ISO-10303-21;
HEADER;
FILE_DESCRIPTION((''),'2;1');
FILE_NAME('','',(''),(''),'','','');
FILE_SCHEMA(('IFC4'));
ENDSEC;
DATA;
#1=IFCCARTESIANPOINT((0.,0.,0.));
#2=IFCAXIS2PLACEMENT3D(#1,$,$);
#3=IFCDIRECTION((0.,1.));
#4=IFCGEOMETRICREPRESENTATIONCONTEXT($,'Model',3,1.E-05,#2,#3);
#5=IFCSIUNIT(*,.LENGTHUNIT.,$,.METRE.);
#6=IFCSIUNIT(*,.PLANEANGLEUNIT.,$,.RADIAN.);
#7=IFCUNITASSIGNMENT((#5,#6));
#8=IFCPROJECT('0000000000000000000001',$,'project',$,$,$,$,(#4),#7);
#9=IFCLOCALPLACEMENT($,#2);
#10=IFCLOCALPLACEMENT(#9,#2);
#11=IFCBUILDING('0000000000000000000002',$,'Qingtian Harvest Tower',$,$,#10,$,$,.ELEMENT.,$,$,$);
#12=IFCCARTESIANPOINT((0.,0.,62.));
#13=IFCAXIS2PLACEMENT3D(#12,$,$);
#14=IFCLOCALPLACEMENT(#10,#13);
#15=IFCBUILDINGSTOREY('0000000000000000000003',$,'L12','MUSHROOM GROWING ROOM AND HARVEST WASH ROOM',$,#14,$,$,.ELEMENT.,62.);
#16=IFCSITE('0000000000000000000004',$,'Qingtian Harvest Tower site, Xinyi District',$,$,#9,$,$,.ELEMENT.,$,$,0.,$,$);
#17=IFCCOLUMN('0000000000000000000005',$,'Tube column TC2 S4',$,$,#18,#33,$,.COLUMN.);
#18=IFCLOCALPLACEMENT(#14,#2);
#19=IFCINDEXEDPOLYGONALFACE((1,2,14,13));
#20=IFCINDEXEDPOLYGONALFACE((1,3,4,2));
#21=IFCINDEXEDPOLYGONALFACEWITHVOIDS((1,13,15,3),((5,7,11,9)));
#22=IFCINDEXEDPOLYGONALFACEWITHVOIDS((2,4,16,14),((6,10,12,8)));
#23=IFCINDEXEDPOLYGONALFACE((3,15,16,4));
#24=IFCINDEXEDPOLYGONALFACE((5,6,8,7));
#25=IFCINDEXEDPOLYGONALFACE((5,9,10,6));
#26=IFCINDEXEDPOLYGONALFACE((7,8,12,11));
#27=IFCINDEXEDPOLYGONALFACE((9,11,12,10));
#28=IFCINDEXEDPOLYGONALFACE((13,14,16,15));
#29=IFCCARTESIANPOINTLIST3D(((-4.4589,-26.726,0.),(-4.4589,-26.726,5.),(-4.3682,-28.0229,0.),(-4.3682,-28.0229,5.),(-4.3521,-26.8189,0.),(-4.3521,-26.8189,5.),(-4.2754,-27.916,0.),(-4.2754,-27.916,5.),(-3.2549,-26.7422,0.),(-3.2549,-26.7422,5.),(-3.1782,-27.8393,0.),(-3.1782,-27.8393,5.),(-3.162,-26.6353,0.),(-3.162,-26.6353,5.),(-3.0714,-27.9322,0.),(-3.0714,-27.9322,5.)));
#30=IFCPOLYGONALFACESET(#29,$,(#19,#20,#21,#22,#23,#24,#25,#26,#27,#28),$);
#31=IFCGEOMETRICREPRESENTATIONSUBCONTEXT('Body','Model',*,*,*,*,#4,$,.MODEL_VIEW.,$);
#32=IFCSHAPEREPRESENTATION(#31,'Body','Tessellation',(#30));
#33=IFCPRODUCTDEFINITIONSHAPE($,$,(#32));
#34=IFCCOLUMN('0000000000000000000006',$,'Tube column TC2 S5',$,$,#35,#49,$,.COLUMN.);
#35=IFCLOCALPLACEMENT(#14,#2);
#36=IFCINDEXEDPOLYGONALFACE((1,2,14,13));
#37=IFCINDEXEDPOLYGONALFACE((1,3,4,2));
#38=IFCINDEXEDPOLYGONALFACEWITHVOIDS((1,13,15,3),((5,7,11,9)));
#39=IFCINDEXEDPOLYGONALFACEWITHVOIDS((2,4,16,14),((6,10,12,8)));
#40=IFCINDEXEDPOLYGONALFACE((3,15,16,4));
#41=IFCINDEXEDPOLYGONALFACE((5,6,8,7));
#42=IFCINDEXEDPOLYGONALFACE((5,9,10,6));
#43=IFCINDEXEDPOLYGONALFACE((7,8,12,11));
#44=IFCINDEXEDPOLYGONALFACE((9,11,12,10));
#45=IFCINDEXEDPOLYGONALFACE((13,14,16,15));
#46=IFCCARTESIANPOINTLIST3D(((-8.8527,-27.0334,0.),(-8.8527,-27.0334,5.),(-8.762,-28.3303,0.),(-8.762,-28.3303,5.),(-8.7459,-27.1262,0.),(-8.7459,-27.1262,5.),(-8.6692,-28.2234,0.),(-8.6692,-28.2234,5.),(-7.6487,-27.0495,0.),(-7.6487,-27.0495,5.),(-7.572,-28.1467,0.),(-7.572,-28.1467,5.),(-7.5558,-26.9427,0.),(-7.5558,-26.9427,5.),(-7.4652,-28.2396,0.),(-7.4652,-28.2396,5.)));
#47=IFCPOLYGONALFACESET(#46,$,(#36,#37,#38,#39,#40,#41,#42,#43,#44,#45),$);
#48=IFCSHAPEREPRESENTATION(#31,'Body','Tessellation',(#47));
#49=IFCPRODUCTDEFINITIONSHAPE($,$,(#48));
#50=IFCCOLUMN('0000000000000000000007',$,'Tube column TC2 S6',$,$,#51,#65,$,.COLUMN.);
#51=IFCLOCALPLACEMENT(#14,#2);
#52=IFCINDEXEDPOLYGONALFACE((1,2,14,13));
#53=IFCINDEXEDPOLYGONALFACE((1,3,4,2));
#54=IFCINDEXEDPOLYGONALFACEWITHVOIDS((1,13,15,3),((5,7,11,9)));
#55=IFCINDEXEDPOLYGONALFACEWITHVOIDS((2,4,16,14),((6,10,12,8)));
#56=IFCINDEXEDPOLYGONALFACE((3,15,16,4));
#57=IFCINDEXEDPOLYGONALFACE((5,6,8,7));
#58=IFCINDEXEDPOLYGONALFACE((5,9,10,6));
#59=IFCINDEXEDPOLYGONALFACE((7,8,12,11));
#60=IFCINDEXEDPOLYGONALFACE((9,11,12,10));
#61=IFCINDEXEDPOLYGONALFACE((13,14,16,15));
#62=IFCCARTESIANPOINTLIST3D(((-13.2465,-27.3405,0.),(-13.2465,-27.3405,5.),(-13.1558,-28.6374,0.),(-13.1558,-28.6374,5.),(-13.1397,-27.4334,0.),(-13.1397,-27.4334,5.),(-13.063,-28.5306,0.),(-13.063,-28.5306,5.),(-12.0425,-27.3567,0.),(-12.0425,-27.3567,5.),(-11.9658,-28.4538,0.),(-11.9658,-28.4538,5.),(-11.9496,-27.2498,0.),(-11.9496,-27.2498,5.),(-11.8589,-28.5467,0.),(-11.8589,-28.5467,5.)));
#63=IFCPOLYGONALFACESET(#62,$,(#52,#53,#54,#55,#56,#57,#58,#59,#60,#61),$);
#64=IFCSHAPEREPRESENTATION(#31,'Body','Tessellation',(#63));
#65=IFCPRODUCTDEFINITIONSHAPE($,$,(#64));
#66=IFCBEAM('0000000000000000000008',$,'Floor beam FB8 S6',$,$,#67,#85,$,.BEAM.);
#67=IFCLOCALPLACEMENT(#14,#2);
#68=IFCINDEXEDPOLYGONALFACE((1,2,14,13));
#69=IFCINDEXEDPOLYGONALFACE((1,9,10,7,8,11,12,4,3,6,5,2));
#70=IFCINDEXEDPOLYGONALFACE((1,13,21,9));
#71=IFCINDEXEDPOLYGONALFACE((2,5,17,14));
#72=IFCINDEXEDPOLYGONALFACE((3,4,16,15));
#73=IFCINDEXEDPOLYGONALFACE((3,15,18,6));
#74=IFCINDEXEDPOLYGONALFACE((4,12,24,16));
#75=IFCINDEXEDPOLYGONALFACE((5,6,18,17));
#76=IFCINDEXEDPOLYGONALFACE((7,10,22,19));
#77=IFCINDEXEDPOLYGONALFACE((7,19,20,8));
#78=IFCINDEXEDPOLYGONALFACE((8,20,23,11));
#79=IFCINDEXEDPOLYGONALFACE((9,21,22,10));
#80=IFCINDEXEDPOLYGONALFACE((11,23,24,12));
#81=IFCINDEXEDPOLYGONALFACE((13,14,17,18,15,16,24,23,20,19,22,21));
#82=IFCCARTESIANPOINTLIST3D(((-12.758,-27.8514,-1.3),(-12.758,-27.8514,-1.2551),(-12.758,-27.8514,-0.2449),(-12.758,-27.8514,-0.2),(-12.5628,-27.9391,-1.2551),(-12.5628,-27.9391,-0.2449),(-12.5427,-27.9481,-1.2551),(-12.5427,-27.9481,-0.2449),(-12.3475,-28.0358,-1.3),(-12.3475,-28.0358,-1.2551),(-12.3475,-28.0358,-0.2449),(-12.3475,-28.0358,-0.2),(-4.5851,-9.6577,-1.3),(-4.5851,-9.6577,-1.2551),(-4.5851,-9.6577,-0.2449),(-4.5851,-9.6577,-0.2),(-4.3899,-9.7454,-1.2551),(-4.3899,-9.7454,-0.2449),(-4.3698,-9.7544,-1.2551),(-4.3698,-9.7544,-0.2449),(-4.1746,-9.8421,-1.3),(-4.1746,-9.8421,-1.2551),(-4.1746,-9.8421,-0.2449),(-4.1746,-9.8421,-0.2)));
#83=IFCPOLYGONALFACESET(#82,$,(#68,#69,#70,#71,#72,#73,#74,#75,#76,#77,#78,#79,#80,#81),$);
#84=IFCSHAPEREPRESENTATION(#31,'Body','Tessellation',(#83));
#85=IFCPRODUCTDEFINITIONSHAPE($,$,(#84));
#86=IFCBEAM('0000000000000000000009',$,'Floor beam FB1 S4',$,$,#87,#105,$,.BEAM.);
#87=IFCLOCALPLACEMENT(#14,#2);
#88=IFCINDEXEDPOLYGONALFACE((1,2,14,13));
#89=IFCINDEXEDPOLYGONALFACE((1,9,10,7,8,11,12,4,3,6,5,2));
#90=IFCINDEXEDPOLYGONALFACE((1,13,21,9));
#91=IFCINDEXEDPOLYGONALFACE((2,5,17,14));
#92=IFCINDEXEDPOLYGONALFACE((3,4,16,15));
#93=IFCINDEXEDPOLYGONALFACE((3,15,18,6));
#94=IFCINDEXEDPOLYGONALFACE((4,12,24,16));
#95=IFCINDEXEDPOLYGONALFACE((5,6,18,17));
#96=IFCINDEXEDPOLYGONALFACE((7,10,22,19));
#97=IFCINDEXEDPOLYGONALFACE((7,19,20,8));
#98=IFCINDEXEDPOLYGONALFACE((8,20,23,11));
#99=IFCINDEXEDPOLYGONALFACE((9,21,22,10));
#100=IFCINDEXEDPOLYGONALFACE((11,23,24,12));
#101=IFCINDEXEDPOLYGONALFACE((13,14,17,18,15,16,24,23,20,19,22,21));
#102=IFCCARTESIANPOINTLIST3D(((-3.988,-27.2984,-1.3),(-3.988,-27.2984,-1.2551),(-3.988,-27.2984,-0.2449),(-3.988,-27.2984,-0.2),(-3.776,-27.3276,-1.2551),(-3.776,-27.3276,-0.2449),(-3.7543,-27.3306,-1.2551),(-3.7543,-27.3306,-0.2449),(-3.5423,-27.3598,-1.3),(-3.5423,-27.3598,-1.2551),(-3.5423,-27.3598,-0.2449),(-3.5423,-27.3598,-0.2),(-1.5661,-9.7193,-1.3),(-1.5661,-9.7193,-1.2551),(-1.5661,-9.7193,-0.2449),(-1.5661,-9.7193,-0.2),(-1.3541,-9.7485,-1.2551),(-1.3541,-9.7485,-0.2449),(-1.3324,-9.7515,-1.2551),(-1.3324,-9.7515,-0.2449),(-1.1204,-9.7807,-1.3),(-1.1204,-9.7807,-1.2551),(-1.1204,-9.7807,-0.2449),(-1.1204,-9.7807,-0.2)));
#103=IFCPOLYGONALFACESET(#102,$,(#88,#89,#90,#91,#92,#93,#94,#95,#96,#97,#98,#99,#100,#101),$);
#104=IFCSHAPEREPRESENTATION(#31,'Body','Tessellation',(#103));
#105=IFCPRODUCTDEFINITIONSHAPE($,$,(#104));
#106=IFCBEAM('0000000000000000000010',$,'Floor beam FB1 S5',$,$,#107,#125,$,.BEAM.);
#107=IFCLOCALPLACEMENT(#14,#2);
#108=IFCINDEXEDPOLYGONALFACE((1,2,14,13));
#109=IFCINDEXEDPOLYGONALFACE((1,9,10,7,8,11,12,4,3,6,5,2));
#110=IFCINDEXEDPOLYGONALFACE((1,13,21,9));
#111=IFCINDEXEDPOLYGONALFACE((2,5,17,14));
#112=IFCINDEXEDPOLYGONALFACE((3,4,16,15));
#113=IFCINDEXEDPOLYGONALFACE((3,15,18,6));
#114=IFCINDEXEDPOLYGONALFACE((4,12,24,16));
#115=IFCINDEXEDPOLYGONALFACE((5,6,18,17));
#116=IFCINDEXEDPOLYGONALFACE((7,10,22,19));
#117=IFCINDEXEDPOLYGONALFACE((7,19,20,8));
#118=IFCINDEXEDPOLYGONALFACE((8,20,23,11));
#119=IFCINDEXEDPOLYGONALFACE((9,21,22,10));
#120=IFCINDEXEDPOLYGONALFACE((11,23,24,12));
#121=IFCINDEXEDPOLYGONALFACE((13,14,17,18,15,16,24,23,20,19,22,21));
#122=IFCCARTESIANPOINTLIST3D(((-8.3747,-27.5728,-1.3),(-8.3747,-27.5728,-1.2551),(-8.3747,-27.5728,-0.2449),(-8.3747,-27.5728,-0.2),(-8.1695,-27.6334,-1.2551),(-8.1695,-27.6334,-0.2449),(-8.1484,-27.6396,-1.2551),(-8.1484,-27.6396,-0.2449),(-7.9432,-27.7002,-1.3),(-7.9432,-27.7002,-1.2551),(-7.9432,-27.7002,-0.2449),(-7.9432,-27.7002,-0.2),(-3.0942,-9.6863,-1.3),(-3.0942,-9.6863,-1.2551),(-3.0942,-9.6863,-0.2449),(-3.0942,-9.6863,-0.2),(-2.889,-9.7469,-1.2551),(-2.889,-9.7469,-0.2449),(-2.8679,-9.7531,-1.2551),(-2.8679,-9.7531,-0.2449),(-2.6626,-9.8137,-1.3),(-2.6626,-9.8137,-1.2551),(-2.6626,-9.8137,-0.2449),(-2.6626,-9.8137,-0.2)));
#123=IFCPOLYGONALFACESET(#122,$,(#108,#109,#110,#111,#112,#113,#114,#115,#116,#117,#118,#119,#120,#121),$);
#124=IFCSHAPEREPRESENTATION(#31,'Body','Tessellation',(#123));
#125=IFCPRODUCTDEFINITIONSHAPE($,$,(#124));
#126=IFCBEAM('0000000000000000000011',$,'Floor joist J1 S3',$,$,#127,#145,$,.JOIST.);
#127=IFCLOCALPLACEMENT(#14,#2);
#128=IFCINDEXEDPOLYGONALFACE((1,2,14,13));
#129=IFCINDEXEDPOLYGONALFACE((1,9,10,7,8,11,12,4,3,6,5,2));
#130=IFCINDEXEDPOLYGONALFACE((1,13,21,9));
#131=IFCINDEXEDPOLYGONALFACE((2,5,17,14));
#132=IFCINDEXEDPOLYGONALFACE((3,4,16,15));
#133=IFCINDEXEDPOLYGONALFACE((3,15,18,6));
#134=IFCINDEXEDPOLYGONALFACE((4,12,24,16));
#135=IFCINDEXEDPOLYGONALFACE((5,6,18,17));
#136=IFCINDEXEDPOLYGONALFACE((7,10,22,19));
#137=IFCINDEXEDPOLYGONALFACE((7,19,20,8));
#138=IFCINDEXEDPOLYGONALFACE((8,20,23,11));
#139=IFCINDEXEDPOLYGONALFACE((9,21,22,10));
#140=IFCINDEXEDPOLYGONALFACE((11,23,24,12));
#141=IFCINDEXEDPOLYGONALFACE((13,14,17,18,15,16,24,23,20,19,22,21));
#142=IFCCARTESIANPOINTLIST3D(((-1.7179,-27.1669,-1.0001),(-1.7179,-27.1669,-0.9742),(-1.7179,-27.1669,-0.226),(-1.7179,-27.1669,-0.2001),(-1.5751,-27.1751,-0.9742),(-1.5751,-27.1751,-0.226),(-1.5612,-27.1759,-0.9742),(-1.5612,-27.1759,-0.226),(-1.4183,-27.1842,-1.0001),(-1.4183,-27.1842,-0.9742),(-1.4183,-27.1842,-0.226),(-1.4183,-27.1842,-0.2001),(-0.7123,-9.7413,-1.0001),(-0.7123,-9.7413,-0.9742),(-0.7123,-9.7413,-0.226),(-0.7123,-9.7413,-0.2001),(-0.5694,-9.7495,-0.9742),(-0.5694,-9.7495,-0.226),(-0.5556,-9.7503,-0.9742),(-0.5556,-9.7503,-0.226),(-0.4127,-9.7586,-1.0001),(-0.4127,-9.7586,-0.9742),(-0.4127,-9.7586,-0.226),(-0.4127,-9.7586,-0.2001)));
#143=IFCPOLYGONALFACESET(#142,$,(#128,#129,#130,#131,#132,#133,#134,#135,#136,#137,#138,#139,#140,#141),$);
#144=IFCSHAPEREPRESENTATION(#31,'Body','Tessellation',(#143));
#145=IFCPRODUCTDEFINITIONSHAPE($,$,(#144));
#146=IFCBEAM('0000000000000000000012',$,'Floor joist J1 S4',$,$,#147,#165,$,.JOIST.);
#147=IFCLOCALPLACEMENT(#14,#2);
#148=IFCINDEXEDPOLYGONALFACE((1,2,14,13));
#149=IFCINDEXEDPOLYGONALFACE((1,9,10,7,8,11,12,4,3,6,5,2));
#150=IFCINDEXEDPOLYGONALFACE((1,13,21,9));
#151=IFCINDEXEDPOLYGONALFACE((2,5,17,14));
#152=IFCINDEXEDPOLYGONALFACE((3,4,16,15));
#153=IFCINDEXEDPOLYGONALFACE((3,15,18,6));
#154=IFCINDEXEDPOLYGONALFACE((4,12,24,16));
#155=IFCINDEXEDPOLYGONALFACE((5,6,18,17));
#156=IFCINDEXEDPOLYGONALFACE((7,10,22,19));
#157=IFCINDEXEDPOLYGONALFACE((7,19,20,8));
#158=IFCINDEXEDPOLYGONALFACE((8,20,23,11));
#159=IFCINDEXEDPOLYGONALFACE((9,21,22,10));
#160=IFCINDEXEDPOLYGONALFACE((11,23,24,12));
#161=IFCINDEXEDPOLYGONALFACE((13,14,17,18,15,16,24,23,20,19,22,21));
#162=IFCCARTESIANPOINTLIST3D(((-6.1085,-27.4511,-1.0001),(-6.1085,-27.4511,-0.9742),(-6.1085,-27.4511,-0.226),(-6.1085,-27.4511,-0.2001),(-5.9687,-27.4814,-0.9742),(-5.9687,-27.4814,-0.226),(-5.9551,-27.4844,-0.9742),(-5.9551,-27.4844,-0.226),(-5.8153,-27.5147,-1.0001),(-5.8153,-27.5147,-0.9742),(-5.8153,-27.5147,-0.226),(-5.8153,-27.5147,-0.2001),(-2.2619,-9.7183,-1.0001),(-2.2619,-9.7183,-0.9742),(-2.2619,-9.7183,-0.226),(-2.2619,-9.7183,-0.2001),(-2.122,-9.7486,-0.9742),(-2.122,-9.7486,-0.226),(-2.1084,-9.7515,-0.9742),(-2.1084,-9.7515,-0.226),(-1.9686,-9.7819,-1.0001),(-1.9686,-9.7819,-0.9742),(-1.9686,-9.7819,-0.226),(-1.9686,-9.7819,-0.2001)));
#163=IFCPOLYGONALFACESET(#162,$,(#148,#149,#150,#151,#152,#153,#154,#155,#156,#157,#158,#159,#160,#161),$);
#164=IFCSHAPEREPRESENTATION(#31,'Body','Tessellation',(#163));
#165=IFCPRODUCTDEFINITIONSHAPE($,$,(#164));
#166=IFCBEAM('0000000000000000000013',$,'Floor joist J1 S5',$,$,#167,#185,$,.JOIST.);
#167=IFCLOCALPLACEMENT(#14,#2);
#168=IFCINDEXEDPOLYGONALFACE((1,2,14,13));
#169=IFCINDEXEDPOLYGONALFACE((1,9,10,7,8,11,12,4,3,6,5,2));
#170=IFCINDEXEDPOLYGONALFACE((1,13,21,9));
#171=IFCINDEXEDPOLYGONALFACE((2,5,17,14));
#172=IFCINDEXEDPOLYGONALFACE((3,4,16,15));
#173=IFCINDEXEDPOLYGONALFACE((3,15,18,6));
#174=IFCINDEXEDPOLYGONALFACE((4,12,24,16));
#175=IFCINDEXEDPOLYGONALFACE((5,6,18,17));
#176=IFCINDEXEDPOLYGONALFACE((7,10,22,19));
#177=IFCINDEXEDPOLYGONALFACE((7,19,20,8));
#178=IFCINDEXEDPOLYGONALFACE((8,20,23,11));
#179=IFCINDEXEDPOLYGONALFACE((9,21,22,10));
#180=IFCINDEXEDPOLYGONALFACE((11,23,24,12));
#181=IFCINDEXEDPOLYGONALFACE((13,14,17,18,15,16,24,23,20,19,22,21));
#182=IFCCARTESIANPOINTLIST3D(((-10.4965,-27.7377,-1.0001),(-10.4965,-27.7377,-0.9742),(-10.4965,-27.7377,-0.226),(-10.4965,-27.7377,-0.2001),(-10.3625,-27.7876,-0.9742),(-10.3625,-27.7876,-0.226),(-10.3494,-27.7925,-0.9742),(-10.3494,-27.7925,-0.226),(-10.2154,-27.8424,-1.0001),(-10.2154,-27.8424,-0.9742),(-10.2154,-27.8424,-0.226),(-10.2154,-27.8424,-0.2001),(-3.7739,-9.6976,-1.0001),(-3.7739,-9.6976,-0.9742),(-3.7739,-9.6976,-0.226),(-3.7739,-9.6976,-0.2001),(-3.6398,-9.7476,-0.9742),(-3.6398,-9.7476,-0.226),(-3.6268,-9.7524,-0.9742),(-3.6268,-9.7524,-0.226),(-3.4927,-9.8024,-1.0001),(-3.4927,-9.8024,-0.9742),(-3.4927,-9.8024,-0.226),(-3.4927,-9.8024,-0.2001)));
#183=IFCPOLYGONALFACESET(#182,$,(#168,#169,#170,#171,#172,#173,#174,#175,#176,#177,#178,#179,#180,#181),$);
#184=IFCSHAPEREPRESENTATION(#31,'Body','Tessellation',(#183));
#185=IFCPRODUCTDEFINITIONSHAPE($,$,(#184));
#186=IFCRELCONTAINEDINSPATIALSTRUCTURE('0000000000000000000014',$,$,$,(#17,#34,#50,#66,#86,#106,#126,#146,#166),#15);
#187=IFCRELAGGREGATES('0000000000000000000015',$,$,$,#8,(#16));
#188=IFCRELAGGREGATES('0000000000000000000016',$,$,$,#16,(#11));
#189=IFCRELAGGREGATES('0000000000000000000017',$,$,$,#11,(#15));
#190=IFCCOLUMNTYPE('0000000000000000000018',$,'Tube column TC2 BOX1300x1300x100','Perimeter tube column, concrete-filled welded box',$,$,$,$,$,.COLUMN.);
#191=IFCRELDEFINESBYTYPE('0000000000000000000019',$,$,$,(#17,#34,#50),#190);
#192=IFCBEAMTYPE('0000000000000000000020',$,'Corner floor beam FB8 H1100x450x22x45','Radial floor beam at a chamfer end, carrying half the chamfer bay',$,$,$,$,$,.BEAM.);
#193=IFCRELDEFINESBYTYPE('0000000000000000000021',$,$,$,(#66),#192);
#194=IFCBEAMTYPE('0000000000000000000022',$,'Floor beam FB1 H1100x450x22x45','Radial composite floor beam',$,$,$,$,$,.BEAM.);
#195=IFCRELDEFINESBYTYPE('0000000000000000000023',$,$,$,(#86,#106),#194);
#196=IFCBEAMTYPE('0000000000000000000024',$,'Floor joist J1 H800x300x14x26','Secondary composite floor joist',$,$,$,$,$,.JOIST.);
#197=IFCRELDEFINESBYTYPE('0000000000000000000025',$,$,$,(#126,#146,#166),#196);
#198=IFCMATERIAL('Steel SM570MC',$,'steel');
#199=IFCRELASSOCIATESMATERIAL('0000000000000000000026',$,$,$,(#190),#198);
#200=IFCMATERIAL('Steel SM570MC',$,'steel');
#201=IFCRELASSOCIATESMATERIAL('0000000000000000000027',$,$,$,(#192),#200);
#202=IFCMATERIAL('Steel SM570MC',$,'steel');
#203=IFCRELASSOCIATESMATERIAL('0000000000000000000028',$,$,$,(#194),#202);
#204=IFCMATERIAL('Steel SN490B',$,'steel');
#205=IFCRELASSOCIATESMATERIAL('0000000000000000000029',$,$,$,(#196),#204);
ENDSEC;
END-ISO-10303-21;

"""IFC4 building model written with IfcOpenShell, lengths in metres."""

from ifc_helpers import new_model, si_unit, direction, frame, origin, origin_2d, place, context, subcontext, project, spatial, hollow_rectangle, i_section, extrude, material, material_profile, profile_set, type_object, element, save


model = new_model("IFC4")

# Units and contexts
model_context = context("Model", 3, precision=1e-05, world=origin(), true_north=direction((0.0, 1.0)))
body_context = subcontext(model_context, "Body", "Model", "MODEL_VIEW")
ifc_project = project(units=[si_unit("LENGTHUNIT", "METRE"), si_unit("PLANEANGLEUNIT", "RADIAN")], contexts=[model_context])

# Site, building, storey
site_placement = place(None, origin())
site = spatial("IfcSite", under=ifc_project, at=site_placement, Name="Qingtian Harvest Tower site, Xinyi District", CompositionType="ELEMENT", RefElevation=0.0)
building_placement = place(site_placement, origin())
building = spatial("IfcBuilding", under=site, at=building_placement, Name="Qingtian Harvest Tower", CompositionType="ELEMENT")
storey_placement = place(building_placement, frame((0.0, 0.0, 62.0)))
storey = spatial("IfcBuildingStorey", under=building, at=storey_placement, Name="L12", Description="MUSHROOM GROWING ROOM AND HARVEST WASH ROOM", CompositionType="ELEMENT", Elevation=62.0)

# Columns
ifc_material_1 = material(Name="Steel SM570MC", Category="steel")
ifc_material_profile_1 = material_profile(ifc_material_1, hollow_rectangle(XDim=1.3, YDim=1.3, WallThickness=0.1001, at=origin_2d()), Name="BOX1300x1300x100")
ifc_profile_set_1 = profile_set([ifc_material_profile_1], Name="Steel SM570MC")
column_type = type_object("IfcColumnType", Name="Tube column TC2 BOX1300x1300x100", Description="Perimeter tube column, concrete-filled welded box", PredefinedType="COLUMN", material=ifc_profile_set_1)
for number, where, z_axis, x_axis, name in (
    (1, (-3.7651, -27.3291, 0.0), (0.0, 0.0, 1.0), (0.997564, 0.069756, 0.0), "Tube column TC2 S4"),
    (2, (-8.1589, -27.6365, 0.0), (0.0, 0.0, 1.0), (0.997564, 0.069756, 0.0), "Tube column TC2 S5"),
    (3, (-12.5527, -27.9436, 0.0), (0.0, 0.0, 1.0), (0.997564, 0.069756, 0.0), "Tube column TC2 S6"),
):
    element("IfcColumn", number, at=place(storey_placement, frame(where, z_axis=z_axis, x_axis=x_axis)), inside=storey, type_object=column_type, Name=name, PredefinedType="COLUMN", context=body_context, shape_type="SweptSolid", body=[
        extrude(hollow_rectangle(XDim=1.3, YDim=1.3, WallThickness=0.1001, at=origin_2d()), origin(), (0.0, 0.0, 1.0), 5.0),
    ])

# Beams
ifc_material_2 = material(Name="Steel SM570MC", Category="steel")
ifc_material_profile_2 = material_profile(ifc_material_2, i_section(OverallWidth=0.45, OverallDepth=1.1001, WebThickness=0.022, FlangeThickness=0.0449, at=origin_2d()), Name="H1100x450x22x45")
ifc_profile_set_2 = profile_set([ifc_material_profile_2], Name="Steel SM570MC")
beam_type_1 = type_object("IfcBeamType", Name="Corner floor beam FB8 H1100x450x22x45", Description="Radial floor beam at a chamfer end, carrying half the chamfer bay", PredefinedType="BEAM", material=ifc_profile_set_2)
beam_1_placement = place(storey_placement, frame((-12.5527, -27.9436, -0.75), z_axis=(0.40977, 0.912189, 0.0), x_axis=(-0.912189, 0.40977, 0.0)))
element("IfcBeam", 4, at=beam_1_placement, inside=storey, type_object=beam_type_1, Name="Floor beam FB8 S6", PredefinedType="BEAM", context=body_context, shape_type="SweptSolid", body=[
    extrude(i_section(OverallWidth=0.45, OverallDepth=1.1001, WebThickness=0.022, FlangeThickness=0.0449, at=origin_2d()), origin(), (0.0, 0.0, 1.0), 19.9451),
])
ifc_material_3 = material(Name="Steel SM570MC", Category="steel")
ifc_material_profile_3 = material_profile(ifc_material_3, i_section(OverallWidth=0.45, OverallDepth=1.1001, WebThickness=0.022, FlangeThickness=0.0449, at=origin_2d()), Name="H1100x450x22x45")
ifc_profile_set_3 = profile_set([ifc_material_profile_3], Name="Steel SM570MC")
beam_type_2 = type_object("IfcBeamType", Name="Floor beam FB1 H1100x450x22x45", Description="Radial composite floor beam", PredefinedType="BEAM", material=ifc_profile_set_3)
beam_2_placement = place(storey_placement, frame((-3.7651, -27.3291, -0.75), z_axis=(0.136481, 0.990643, 0.0), x_axis=(-0.990643, 0.136481, 0.0)))
element("IfcBeam", 5, at=beam_2_placement, inside=storey, type_object=beam_type_2, Name="Floor beam FB1 S4", PredefinedType="BEAM", context=body_context, shape_type="SweptSolid", body=[
    extrude(i_section(OverallWidth=0.45, OverallDepth=1.1001, WebThickness=0.022, FlangeThickness=0.0449, at=origin_2d()), origin(), (0.0, 0.0, 1.0), 17.7451),
])
beam_3_placement = place(storey_placement, frame((-8.1589, -27.6365, -0.75), z_axis=(0.283143, 0.959078, 0.0), x_axis=(-0.959078, 0.283143, 0.0)))
element("IfcBeam", 6, at=beam_3_placement, inside=storey, type_object=beam_type_2, Name="Floor beam FB1 S5", PredefinedType="BEAM", context=body_context, shape_type="SweptSolid", body=[
    extrude(i_section(OverallWidth=0.45, OverallDepth=1.1001, WebThickness=0.022, FlangeThickness=0.0449, at=origin_2d()), origin(), (0.0, 0.0, 1.0), 18.6497),
])
ifc_material_4 = material(Name="Steel SN490B", Category="steel")
ifc_material_profile_4 = material_profile(ifc_material_4, i_section(OverallWidth=0.3, OverallDepth=0.8, WebThickness=0.0139, FlangeThickness=0.0259, at=origin_2d()), Name="H800x300x14x26")
ifc_profile_set_4 = profile_set([ifc_material_profile_4], Name="Steel SN490B")
beam_type_3 = type_object("IfcBeamType", Name="Floor joist J1 H800x300x14x26", Description="Secondary composite floor joist", PredefinedType="JOIST", material=ifc_profile_set_4)
beam_4_placement = place(storey_placement, frame((-1.5681, -27.1755, -0.6001), z_axis=(0.057613, 0.998339, 0.0), x_axis=(-0.998339, 0.057613, 0.0)))
element("IfcBeam", 7, at=beam_4_placement, inside=storey, type_object=beam_type_3, Name="Floor joist J1 S3", PredefinedType="JOIST", context=body_context, shape_type="SweptSolid", body=[
    extrude(i_section(OverallWidth=0.3, OverallDepth=0.8, WebThickness=0.0139, FlangeThickness=0.0259, at=origin_2d()), origin(), (0.0, 0.0, 1.0), 17.4546),
])
beam_5_placement = place(storey_placement, frame((-5.9619, -27.4829, -0.6001), z_axis=(0.211993, 0.977271, 0.0), x_axis=(-0.977271, 0.211993, 0.0)))
element("IfcBeam", 8, at=beam_5_placement, inside=storey, type_object=beam_type_3, Name="Floor joist J1 S4", PredefinedType="JOIST", context=body_context, shape_type="SweptSolid", body=[
    extrude(i_section(OverallWidth=0.3, OverallDepth=0.8, WebThickness=0.0139, FlangeThickness=0.0259, at=origin_2d()), origin(), (0.0, 0.0, 1.0), 18.1453),
])
beam_6_placement = place(storey_placement, frame((-10.356, -27.79, -0.6001), z_axis=(0.349194, 0.937051, 0.0), x_axis=(-0.937051, 0.349194, 0.0)))
element("IfcBeam", 9, at=beam_6_placement, inside=storey, type_object=beam_type_3, Name="Floor joist J1 S5", PredefinedType="JOIST", context=body_context, shape_type="SweptSolid", body=[
    extrude(i_section(OverallWidth=0.3, OverallDepth=0.8, WebThickness=0.0139, FlangeThickness=0.0259, at=origin_2d()), origin(), (0.0, 0.0, 1.0), 19.252),
])

save(model, "model.ifc")
